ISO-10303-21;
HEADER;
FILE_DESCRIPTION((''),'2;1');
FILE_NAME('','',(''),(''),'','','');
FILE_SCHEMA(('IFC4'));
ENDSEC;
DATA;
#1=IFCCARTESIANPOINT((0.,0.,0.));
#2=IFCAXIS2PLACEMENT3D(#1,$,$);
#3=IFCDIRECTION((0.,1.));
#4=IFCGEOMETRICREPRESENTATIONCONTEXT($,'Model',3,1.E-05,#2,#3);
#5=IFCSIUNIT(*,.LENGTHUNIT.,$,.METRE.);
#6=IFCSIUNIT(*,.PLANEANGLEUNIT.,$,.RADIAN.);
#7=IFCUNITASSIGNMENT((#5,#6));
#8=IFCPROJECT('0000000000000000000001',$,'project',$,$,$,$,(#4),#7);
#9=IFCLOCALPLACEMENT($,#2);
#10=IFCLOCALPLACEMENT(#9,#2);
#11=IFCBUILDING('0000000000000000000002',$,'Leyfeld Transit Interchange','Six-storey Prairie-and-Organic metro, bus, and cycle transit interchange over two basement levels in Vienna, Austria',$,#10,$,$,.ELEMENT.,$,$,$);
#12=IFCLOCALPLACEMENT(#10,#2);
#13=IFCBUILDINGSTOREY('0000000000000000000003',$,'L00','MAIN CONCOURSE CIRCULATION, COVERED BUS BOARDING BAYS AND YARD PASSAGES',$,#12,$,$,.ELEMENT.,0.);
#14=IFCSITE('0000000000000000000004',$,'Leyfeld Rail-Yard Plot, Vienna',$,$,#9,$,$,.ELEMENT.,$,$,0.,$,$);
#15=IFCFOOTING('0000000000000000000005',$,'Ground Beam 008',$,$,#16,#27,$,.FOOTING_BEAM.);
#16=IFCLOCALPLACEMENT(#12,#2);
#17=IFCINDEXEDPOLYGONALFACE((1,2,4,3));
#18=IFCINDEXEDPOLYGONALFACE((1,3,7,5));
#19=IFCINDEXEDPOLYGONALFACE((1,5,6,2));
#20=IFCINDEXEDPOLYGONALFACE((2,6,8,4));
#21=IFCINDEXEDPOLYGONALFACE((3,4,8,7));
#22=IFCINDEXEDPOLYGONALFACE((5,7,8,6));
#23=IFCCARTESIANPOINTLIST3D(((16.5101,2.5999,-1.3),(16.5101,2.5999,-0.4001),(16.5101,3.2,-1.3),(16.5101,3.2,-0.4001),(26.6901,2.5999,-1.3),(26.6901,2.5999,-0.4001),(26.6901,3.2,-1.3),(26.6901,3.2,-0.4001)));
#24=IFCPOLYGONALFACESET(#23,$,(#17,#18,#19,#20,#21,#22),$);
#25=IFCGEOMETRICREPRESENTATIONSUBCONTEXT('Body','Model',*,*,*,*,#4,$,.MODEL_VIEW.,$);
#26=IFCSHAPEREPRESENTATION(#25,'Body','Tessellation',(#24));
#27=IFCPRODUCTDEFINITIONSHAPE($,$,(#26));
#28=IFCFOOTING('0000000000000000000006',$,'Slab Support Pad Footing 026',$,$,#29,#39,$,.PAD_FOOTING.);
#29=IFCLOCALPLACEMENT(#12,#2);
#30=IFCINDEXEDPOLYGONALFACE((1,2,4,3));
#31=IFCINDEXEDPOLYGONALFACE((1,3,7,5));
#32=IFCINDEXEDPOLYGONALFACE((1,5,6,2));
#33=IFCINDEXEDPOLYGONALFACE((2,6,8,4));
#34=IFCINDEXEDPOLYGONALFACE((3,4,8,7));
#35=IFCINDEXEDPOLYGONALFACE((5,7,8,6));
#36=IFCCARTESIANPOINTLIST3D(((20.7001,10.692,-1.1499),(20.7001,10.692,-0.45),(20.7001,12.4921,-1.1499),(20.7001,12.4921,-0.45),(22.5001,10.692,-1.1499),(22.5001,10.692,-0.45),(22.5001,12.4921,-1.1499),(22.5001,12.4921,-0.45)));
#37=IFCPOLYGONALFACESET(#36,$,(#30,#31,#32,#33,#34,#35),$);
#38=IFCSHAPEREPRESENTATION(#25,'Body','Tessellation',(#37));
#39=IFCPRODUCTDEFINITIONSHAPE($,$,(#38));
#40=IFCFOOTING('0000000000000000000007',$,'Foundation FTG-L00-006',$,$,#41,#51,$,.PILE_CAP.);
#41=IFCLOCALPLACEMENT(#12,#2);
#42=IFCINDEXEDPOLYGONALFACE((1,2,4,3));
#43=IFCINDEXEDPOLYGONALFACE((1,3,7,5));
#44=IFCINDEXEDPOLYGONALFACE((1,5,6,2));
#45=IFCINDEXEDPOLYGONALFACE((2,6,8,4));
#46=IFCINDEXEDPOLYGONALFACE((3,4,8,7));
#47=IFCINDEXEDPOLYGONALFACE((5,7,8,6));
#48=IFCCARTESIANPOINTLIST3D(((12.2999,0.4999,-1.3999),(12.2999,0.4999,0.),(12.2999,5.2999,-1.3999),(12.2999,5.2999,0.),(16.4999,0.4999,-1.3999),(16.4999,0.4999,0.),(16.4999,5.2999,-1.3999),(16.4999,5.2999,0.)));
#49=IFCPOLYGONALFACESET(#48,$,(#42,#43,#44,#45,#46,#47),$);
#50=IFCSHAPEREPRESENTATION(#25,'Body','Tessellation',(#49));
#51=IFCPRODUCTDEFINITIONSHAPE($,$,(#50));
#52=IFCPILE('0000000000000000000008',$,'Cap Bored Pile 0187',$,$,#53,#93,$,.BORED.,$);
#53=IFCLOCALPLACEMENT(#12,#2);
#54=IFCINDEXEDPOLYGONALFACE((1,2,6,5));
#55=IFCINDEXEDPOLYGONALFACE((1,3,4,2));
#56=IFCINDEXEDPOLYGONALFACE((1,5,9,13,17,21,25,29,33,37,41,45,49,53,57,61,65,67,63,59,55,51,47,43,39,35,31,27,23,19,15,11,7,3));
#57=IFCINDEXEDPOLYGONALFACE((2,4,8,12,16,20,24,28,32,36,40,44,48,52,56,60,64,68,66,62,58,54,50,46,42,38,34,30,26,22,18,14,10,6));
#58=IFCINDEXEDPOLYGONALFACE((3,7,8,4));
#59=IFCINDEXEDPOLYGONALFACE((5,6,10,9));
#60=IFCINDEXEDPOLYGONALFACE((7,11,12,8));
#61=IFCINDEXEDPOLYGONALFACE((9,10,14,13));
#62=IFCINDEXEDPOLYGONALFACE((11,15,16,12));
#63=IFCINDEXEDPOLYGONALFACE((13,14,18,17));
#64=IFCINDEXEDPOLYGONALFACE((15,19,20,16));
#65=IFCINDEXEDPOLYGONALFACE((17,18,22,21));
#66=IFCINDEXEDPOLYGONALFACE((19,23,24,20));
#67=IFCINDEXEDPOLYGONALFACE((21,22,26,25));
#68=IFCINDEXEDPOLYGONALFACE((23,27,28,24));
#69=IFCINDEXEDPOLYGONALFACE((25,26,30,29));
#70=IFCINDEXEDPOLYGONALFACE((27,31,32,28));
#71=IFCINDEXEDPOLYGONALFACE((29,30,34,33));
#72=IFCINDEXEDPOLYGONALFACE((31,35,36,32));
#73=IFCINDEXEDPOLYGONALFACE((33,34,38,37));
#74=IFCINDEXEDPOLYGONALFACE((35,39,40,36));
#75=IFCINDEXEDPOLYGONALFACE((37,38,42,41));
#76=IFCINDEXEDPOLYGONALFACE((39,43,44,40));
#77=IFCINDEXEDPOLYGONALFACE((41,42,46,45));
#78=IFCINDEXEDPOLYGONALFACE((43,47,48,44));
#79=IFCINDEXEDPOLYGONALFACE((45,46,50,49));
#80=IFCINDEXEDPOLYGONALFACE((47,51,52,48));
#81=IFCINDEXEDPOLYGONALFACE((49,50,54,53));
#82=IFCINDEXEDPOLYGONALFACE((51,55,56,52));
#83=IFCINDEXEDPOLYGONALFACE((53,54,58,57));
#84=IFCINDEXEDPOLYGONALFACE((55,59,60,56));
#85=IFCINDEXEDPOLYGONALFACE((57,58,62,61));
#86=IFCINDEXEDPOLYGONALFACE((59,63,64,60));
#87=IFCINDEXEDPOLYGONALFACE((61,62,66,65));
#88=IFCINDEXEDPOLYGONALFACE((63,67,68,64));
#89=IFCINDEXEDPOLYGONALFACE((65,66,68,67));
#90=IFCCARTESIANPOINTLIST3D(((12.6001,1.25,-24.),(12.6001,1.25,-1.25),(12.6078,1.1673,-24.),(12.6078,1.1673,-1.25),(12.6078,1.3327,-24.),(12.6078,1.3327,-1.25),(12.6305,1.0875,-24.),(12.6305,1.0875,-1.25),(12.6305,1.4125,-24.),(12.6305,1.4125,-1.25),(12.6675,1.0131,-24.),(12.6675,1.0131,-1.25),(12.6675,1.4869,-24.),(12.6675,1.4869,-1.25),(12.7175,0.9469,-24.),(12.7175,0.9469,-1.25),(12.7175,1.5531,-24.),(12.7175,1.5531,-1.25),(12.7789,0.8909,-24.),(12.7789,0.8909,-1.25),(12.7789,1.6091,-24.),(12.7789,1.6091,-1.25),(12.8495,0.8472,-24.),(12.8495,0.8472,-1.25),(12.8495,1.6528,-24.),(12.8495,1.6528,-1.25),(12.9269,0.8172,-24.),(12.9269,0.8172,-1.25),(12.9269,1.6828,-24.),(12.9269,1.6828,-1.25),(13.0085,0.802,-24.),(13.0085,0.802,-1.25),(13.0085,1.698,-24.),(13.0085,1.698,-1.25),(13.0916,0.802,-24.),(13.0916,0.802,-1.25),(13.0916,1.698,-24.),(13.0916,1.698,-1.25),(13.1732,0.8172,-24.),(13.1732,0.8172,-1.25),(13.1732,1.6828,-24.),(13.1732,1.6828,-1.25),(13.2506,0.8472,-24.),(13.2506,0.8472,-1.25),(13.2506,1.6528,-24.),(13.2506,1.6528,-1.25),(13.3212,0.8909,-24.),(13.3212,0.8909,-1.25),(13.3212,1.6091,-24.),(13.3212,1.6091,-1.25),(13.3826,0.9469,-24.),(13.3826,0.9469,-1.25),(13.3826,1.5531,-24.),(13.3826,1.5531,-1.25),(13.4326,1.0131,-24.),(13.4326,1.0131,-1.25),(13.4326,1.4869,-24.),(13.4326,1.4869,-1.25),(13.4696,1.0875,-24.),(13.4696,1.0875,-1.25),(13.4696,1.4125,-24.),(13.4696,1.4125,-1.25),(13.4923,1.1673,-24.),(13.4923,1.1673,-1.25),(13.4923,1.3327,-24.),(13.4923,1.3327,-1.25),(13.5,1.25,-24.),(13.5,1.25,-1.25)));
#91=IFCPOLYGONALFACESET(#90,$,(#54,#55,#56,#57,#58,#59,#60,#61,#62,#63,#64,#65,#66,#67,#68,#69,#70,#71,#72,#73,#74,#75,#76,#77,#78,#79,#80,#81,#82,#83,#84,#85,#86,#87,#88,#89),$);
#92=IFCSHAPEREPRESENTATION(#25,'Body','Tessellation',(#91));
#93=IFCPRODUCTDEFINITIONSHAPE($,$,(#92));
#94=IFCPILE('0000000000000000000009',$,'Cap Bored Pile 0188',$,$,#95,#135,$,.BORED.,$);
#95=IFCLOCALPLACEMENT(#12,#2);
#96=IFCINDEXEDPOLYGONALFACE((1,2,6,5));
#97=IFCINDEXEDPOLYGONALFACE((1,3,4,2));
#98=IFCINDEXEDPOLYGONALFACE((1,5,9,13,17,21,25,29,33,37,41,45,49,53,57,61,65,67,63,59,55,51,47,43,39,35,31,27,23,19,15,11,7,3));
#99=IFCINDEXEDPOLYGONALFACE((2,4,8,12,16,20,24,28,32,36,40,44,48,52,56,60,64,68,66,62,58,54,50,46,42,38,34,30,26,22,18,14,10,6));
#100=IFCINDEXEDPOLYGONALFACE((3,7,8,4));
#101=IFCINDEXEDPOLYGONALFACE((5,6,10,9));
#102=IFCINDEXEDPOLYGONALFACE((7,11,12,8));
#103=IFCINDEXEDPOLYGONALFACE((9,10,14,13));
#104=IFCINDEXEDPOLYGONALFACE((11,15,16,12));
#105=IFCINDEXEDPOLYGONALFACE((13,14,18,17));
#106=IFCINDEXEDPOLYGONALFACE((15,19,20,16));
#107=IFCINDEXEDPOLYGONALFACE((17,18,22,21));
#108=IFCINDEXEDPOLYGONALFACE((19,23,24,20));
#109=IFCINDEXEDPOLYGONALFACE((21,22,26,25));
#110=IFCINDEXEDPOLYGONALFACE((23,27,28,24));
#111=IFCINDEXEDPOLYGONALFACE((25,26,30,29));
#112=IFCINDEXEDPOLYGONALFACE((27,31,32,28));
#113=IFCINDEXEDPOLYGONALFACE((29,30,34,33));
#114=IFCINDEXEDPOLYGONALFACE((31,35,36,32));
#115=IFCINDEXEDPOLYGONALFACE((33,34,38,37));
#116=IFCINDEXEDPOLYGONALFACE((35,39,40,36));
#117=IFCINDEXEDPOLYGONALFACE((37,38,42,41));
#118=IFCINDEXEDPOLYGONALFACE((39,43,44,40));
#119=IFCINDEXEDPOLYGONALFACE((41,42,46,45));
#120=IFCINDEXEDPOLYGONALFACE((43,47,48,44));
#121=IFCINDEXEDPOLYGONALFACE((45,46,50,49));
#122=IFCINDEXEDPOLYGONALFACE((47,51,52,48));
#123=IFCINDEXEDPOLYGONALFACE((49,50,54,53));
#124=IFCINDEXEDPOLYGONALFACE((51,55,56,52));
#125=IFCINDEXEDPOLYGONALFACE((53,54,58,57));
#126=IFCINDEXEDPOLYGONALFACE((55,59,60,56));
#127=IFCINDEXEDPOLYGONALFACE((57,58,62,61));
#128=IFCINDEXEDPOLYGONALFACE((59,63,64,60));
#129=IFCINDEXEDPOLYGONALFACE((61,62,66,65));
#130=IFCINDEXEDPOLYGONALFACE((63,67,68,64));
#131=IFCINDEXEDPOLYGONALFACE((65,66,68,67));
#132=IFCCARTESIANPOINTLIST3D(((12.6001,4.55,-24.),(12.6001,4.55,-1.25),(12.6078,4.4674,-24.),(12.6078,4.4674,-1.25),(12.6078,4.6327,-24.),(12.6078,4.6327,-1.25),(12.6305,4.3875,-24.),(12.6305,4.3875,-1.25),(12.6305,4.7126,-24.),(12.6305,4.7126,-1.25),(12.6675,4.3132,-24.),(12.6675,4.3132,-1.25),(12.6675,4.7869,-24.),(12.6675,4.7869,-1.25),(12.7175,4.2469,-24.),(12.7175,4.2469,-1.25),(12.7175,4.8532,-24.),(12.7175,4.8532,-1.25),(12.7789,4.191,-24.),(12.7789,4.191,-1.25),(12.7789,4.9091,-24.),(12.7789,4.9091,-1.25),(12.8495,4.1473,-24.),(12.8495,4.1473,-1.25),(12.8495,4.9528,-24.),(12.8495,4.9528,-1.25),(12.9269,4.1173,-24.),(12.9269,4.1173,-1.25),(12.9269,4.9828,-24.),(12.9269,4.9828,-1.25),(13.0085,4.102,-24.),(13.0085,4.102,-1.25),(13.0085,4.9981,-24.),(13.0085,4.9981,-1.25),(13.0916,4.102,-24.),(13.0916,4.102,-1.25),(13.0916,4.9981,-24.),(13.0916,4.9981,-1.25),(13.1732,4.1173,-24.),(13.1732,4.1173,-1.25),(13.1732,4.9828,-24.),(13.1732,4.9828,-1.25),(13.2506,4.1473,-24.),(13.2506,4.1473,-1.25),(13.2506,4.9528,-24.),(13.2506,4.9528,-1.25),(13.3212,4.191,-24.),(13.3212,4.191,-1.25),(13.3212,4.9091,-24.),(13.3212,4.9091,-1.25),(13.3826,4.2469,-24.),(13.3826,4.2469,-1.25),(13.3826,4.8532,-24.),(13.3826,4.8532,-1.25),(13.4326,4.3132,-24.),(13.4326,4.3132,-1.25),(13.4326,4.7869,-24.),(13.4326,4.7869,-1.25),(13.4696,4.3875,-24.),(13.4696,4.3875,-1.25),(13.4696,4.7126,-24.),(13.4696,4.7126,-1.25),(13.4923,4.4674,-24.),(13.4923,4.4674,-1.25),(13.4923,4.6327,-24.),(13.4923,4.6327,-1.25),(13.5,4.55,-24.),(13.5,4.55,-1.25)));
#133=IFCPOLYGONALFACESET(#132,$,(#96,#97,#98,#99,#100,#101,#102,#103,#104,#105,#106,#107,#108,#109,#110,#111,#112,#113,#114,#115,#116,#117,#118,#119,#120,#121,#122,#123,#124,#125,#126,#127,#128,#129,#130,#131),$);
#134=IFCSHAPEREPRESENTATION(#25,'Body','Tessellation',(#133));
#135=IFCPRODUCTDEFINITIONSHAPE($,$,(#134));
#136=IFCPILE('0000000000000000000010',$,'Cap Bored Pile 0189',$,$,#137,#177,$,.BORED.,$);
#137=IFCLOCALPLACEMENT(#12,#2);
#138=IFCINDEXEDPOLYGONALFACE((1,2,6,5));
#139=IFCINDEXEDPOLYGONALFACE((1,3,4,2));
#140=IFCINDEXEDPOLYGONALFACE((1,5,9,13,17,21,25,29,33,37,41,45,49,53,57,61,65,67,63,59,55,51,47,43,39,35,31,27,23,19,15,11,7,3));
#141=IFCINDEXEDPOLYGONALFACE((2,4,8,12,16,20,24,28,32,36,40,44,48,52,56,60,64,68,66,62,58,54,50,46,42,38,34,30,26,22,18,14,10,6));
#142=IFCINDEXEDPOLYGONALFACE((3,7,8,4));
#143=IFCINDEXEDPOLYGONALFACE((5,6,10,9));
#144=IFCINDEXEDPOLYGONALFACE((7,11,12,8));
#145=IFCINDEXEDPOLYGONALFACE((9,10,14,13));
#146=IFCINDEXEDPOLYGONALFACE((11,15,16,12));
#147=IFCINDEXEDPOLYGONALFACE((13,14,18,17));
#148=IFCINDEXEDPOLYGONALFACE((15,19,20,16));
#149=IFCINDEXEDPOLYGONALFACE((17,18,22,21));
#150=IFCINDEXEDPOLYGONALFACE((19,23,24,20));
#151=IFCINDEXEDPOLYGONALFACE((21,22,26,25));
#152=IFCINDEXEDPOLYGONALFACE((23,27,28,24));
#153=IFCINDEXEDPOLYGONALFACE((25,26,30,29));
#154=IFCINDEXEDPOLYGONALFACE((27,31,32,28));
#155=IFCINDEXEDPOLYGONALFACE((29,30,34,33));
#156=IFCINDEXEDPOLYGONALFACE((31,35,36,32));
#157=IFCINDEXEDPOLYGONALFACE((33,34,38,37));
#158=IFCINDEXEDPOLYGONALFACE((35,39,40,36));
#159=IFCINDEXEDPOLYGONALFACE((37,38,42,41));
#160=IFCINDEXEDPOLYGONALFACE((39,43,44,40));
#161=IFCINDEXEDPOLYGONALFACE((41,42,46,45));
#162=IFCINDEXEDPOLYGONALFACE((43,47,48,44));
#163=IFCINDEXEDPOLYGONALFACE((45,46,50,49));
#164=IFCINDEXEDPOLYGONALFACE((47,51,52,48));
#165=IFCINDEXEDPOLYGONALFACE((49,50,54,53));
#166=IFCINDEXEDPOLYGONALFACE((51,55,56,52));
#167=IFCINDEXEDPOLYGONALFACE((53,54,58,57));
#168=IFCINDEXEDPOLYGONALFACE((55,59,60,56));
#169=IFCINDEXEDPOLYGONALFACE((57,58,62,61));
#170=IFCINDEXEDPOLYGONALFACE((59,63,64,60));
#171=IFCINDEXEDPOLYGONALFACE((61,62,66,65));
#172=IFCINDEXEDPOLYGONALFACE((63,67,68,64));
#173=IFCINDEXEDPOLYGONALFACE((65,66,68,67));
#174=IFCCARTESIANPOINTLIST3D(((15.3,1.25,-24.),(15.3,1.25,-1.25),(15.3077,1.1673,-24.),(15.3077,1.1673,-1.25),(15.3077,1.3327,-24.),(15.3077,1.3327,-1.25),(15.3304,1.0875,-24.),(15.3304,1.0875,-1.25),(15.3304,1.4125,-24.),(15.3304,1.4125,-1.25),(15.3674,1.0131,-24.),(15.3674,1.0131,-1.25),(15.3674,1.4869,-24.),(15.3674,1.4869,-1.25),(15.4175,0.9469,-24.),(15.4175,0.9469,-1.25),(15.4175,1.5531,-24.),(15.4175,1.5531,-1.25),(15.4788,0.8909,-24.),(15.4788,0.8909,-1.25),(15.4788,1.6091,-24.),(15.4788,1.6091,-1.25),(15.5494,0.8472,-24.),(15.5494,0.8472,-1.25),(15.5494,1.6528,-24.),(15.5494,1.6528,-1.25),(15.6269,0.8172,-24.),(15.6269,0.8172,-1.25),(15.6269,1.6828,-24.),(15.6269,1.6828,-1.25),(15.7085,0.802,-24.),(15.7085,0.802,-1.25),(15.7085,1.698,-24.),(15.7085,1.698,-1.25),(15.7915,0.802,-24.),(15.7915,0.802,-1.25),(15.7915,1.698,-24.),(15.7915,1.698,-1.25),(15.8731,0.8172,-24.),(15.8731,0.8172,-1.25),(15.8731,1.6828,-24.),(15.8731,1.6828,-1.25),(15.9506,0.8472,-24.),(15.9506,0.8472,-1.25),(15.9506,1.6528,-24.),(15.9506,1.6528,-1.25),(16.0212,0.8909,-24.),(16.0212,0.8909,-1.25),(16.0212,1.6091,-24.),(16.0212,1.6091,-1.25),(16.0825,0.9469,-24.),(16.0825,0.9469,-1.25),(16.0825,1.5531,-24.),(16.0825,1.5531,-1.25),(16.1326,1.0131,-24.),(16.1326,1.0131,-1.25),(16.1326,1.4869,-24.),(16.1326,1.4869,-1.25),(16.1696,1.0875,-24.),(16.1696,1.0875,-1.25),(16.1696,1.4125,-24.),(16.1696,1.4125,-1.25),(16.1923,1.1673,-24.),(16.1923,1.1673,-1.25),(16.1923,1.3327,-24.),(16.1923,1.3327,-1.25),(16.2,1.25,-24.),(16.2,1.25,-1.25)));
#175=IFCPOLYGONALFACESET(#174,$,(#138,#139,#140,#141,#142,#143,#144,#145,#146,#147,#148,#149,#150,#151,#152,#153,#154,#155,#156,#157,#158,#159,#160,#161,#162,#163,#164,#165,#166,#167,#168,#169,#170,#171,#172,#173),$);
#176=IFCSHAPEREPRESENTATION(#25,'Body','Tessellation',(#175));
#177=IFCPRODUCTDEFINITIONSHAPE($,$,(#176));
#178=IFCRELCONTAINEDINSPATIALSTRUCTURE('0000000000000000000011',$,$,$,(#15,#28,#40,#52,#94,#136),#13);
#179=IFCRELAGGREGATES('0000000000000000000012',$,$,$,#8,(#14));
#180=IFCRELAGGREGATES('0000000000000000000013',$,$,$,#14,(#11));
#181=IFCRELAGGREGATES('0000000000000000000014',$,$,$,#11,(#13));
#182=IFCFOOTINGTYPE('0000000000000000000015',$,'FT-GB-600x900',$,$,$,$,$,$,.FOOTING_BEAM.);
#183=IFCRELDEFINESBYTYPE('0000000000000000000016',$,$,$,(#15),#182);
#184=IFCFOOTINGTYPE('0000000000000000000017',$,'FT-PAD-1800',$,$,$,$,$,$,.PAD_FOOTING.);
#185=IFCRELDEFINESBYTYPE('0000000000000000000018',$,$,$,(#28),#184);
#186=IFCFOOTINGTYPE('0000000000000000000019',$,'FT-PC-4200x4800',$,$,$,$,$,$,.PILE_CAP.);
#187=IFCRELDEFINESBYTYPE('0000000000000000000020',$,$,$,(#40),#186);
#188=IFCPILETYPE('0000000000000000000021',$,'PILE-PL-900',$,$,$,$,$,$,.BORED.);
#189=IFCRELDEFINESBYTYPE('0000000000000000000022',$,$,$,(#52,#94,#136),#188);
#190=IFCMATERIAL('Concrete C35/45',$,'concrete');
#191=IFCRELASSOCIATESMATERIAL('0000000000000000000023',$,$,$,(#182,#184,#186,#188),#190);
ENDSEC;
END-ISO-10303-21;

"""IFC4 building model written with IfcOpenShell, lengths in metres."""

from ifc_helpers import new_model, si_unit, direction, frame, origin, origin_2d, place, context, subcontext, project, spatial, rectangle, circle, extrude, material, material_profile, profile_set, type_object, element, save


model = new_model("IFC4")

# Units and contexts
model_context = context("Model", 3, precision=1e-05, world=origin(), true_north=direction((0.0, 1.0)))
body_context = subcontext(model_context, "Body", "Model", "MODEL_VIEW")
ifc_project = project(units=[si_unit("LENGTHUNIT", "METRE"), si_unit("PLANEANGLEUNIT", "RADIAN")], contexts=[model_context])

# Site, building, storey
site_placement = place(None, origin())
site = spatial("IfcSite", under=ifc_project, at=site_placement, Name="Leyfeld Rail-Yard Plot, Vienna", CompositionType="ELEMENT", RefElevation=0.0)
building_placement = place(site_placement, origin())
building = spatial("IfcBuilding", under=site, at=building_placement, Name="Leyfeld Transit Interchange", Description="Six-storey Prairie-and-Organic metro, bus, and cycle transit interchange over two basement levels in Vienna, Austria", CompositionType="ELEMENT")
storey_placement = place(building_placement, origin())
storey = spatial("IfcBuildingStorey", under=building, at=storey_placement, Name="L00", Description="MAIN CONCOURSE CIRCULATION, COVERED BUS BOARDING BAYS AND YARD PASSAGES", CompositionType="ELEMENT", Elevation=0.0)

# Footings
ifc_material_1 = material(Name="Concrete C35/45", Category="concrete")
footing_type_1 = type_object("IfcFootingType", Name="FT-GB-600x900", PredefinedType="FOOTING_BEAM", material=ifc_material_1)
footing_1_placement = place(storey_placement, frame((21.6001, 2.8999, -1.3), z_axis=(0.0, 0.0, 1.0), x_axis=(1.0, 0.0, 0.0)))
element("IfcFooting", 1, at=footing_1_placement, inside=storey, type_object=footing_type_1, Name="Ground Beam 008", PredefinedType="FOOTING_BEAM", context=body_context, shape_type="SweptSolid", body=[
    extrude(rectangle(XDim=10.1799, YDim=0.6001, at=origin_2d()), origin(), (0.0, 0.0, 1.0), 0.8999),
])
footing_type_2 = type_object("IfcFootingType", Name="FT-PAD-1800", PredefinedType="PAD_FOOTING", material=ifc_material_1)
footing_2_placement = place(storey_placement, frame((21.6001, 11.592, -1.1499), z_axis=(0.0, 0.0, 1.0), x_axis=(1.0, 0.0, 0.0)))
element("IfcFooting", 2, at=footing_2_placement, inside=storey, type_object=footing_type_2, Name="Slab Support Pad Footing 026", PredefinedType="PAD_FOOTING", context=body_context, shape_type="SweptSolid", body=[
    extrude(rectangle(XDim=1.8, YDim=1.8, at=origin_2d()), origin(), (0.0, 0.0, 1.0), 0.7),
])
footing_type_3 = type_object("IfcFootingType", Name="FT-PC-4200x4800", PredefinedType="PILE_CAP", material=ifc_material_1)
footing_3_placement = place(storey_placement, frame((14.3999, 2.8999, -1.3999), z_axis=(0.0, 0.0, 1.0), x_axis=(1.0, 0.0, 0.0)))
element("IfcFooting", 3, at=footing_3_placement, inside=storey, type_object=footing_type_3, Name="Foundation FTG-L00-006", PredefinedType="PILE_CAP", context=body_context, shape_type="SweptSolid", body=[
    extrude(rectangle(XDim=4.2, YDim=4.8, at=origin_2d()), origin(), (0.0, 0.0, 1.0), 1.3999),
])

# Piles
ifc_material_profile_1 = material_profile(ifc_material_1, circle(Radius=0.45, at=origin_2d()), Name="PILE D900")
ifc_profile_set_1 = profile_set([ifc_material_profile_1], Name="Concrete C35/45")
pile_type = type_object("IfcPileType", Name="PILE-PL-900", PredefinedType="BORED", material=ifc_profile_set_1)
for number, where, z_axis, x_axis, name in (
    (4, (13.05, 1.25, -1.25), (0.0, 0.0, -1.0), (1.0, 0.0, 0.0), "Cap Bored Pile 0187"),
    (5, (13.05, 4.55, -1.25), (0.0, 0.0, -1.0), (1.0, 0.0, 0.0), "Cap Bored Pile 0188"),
    (6, (15.75, 1.25, -1.25), (0.0, 0.0, -1.0), (1.0, 0.0, 0.0), "Cap Bored Pile 0189"),
):
    element("IfcPile", number, at=place(storey_placement, frame(where, z_axis=z_axis, x_axis=x_axis)), inside=storey, type_object=pile_type, Name=name, PredefinedType="BORED", context=body_context, shape_type="SweptSolid", body=[
        extrude(circle(Radius=0.45, at=origin_2d()), origin(), (0.0, 0.0, 1.0), 22.75),
    ])

save(model, "model.ifc")
